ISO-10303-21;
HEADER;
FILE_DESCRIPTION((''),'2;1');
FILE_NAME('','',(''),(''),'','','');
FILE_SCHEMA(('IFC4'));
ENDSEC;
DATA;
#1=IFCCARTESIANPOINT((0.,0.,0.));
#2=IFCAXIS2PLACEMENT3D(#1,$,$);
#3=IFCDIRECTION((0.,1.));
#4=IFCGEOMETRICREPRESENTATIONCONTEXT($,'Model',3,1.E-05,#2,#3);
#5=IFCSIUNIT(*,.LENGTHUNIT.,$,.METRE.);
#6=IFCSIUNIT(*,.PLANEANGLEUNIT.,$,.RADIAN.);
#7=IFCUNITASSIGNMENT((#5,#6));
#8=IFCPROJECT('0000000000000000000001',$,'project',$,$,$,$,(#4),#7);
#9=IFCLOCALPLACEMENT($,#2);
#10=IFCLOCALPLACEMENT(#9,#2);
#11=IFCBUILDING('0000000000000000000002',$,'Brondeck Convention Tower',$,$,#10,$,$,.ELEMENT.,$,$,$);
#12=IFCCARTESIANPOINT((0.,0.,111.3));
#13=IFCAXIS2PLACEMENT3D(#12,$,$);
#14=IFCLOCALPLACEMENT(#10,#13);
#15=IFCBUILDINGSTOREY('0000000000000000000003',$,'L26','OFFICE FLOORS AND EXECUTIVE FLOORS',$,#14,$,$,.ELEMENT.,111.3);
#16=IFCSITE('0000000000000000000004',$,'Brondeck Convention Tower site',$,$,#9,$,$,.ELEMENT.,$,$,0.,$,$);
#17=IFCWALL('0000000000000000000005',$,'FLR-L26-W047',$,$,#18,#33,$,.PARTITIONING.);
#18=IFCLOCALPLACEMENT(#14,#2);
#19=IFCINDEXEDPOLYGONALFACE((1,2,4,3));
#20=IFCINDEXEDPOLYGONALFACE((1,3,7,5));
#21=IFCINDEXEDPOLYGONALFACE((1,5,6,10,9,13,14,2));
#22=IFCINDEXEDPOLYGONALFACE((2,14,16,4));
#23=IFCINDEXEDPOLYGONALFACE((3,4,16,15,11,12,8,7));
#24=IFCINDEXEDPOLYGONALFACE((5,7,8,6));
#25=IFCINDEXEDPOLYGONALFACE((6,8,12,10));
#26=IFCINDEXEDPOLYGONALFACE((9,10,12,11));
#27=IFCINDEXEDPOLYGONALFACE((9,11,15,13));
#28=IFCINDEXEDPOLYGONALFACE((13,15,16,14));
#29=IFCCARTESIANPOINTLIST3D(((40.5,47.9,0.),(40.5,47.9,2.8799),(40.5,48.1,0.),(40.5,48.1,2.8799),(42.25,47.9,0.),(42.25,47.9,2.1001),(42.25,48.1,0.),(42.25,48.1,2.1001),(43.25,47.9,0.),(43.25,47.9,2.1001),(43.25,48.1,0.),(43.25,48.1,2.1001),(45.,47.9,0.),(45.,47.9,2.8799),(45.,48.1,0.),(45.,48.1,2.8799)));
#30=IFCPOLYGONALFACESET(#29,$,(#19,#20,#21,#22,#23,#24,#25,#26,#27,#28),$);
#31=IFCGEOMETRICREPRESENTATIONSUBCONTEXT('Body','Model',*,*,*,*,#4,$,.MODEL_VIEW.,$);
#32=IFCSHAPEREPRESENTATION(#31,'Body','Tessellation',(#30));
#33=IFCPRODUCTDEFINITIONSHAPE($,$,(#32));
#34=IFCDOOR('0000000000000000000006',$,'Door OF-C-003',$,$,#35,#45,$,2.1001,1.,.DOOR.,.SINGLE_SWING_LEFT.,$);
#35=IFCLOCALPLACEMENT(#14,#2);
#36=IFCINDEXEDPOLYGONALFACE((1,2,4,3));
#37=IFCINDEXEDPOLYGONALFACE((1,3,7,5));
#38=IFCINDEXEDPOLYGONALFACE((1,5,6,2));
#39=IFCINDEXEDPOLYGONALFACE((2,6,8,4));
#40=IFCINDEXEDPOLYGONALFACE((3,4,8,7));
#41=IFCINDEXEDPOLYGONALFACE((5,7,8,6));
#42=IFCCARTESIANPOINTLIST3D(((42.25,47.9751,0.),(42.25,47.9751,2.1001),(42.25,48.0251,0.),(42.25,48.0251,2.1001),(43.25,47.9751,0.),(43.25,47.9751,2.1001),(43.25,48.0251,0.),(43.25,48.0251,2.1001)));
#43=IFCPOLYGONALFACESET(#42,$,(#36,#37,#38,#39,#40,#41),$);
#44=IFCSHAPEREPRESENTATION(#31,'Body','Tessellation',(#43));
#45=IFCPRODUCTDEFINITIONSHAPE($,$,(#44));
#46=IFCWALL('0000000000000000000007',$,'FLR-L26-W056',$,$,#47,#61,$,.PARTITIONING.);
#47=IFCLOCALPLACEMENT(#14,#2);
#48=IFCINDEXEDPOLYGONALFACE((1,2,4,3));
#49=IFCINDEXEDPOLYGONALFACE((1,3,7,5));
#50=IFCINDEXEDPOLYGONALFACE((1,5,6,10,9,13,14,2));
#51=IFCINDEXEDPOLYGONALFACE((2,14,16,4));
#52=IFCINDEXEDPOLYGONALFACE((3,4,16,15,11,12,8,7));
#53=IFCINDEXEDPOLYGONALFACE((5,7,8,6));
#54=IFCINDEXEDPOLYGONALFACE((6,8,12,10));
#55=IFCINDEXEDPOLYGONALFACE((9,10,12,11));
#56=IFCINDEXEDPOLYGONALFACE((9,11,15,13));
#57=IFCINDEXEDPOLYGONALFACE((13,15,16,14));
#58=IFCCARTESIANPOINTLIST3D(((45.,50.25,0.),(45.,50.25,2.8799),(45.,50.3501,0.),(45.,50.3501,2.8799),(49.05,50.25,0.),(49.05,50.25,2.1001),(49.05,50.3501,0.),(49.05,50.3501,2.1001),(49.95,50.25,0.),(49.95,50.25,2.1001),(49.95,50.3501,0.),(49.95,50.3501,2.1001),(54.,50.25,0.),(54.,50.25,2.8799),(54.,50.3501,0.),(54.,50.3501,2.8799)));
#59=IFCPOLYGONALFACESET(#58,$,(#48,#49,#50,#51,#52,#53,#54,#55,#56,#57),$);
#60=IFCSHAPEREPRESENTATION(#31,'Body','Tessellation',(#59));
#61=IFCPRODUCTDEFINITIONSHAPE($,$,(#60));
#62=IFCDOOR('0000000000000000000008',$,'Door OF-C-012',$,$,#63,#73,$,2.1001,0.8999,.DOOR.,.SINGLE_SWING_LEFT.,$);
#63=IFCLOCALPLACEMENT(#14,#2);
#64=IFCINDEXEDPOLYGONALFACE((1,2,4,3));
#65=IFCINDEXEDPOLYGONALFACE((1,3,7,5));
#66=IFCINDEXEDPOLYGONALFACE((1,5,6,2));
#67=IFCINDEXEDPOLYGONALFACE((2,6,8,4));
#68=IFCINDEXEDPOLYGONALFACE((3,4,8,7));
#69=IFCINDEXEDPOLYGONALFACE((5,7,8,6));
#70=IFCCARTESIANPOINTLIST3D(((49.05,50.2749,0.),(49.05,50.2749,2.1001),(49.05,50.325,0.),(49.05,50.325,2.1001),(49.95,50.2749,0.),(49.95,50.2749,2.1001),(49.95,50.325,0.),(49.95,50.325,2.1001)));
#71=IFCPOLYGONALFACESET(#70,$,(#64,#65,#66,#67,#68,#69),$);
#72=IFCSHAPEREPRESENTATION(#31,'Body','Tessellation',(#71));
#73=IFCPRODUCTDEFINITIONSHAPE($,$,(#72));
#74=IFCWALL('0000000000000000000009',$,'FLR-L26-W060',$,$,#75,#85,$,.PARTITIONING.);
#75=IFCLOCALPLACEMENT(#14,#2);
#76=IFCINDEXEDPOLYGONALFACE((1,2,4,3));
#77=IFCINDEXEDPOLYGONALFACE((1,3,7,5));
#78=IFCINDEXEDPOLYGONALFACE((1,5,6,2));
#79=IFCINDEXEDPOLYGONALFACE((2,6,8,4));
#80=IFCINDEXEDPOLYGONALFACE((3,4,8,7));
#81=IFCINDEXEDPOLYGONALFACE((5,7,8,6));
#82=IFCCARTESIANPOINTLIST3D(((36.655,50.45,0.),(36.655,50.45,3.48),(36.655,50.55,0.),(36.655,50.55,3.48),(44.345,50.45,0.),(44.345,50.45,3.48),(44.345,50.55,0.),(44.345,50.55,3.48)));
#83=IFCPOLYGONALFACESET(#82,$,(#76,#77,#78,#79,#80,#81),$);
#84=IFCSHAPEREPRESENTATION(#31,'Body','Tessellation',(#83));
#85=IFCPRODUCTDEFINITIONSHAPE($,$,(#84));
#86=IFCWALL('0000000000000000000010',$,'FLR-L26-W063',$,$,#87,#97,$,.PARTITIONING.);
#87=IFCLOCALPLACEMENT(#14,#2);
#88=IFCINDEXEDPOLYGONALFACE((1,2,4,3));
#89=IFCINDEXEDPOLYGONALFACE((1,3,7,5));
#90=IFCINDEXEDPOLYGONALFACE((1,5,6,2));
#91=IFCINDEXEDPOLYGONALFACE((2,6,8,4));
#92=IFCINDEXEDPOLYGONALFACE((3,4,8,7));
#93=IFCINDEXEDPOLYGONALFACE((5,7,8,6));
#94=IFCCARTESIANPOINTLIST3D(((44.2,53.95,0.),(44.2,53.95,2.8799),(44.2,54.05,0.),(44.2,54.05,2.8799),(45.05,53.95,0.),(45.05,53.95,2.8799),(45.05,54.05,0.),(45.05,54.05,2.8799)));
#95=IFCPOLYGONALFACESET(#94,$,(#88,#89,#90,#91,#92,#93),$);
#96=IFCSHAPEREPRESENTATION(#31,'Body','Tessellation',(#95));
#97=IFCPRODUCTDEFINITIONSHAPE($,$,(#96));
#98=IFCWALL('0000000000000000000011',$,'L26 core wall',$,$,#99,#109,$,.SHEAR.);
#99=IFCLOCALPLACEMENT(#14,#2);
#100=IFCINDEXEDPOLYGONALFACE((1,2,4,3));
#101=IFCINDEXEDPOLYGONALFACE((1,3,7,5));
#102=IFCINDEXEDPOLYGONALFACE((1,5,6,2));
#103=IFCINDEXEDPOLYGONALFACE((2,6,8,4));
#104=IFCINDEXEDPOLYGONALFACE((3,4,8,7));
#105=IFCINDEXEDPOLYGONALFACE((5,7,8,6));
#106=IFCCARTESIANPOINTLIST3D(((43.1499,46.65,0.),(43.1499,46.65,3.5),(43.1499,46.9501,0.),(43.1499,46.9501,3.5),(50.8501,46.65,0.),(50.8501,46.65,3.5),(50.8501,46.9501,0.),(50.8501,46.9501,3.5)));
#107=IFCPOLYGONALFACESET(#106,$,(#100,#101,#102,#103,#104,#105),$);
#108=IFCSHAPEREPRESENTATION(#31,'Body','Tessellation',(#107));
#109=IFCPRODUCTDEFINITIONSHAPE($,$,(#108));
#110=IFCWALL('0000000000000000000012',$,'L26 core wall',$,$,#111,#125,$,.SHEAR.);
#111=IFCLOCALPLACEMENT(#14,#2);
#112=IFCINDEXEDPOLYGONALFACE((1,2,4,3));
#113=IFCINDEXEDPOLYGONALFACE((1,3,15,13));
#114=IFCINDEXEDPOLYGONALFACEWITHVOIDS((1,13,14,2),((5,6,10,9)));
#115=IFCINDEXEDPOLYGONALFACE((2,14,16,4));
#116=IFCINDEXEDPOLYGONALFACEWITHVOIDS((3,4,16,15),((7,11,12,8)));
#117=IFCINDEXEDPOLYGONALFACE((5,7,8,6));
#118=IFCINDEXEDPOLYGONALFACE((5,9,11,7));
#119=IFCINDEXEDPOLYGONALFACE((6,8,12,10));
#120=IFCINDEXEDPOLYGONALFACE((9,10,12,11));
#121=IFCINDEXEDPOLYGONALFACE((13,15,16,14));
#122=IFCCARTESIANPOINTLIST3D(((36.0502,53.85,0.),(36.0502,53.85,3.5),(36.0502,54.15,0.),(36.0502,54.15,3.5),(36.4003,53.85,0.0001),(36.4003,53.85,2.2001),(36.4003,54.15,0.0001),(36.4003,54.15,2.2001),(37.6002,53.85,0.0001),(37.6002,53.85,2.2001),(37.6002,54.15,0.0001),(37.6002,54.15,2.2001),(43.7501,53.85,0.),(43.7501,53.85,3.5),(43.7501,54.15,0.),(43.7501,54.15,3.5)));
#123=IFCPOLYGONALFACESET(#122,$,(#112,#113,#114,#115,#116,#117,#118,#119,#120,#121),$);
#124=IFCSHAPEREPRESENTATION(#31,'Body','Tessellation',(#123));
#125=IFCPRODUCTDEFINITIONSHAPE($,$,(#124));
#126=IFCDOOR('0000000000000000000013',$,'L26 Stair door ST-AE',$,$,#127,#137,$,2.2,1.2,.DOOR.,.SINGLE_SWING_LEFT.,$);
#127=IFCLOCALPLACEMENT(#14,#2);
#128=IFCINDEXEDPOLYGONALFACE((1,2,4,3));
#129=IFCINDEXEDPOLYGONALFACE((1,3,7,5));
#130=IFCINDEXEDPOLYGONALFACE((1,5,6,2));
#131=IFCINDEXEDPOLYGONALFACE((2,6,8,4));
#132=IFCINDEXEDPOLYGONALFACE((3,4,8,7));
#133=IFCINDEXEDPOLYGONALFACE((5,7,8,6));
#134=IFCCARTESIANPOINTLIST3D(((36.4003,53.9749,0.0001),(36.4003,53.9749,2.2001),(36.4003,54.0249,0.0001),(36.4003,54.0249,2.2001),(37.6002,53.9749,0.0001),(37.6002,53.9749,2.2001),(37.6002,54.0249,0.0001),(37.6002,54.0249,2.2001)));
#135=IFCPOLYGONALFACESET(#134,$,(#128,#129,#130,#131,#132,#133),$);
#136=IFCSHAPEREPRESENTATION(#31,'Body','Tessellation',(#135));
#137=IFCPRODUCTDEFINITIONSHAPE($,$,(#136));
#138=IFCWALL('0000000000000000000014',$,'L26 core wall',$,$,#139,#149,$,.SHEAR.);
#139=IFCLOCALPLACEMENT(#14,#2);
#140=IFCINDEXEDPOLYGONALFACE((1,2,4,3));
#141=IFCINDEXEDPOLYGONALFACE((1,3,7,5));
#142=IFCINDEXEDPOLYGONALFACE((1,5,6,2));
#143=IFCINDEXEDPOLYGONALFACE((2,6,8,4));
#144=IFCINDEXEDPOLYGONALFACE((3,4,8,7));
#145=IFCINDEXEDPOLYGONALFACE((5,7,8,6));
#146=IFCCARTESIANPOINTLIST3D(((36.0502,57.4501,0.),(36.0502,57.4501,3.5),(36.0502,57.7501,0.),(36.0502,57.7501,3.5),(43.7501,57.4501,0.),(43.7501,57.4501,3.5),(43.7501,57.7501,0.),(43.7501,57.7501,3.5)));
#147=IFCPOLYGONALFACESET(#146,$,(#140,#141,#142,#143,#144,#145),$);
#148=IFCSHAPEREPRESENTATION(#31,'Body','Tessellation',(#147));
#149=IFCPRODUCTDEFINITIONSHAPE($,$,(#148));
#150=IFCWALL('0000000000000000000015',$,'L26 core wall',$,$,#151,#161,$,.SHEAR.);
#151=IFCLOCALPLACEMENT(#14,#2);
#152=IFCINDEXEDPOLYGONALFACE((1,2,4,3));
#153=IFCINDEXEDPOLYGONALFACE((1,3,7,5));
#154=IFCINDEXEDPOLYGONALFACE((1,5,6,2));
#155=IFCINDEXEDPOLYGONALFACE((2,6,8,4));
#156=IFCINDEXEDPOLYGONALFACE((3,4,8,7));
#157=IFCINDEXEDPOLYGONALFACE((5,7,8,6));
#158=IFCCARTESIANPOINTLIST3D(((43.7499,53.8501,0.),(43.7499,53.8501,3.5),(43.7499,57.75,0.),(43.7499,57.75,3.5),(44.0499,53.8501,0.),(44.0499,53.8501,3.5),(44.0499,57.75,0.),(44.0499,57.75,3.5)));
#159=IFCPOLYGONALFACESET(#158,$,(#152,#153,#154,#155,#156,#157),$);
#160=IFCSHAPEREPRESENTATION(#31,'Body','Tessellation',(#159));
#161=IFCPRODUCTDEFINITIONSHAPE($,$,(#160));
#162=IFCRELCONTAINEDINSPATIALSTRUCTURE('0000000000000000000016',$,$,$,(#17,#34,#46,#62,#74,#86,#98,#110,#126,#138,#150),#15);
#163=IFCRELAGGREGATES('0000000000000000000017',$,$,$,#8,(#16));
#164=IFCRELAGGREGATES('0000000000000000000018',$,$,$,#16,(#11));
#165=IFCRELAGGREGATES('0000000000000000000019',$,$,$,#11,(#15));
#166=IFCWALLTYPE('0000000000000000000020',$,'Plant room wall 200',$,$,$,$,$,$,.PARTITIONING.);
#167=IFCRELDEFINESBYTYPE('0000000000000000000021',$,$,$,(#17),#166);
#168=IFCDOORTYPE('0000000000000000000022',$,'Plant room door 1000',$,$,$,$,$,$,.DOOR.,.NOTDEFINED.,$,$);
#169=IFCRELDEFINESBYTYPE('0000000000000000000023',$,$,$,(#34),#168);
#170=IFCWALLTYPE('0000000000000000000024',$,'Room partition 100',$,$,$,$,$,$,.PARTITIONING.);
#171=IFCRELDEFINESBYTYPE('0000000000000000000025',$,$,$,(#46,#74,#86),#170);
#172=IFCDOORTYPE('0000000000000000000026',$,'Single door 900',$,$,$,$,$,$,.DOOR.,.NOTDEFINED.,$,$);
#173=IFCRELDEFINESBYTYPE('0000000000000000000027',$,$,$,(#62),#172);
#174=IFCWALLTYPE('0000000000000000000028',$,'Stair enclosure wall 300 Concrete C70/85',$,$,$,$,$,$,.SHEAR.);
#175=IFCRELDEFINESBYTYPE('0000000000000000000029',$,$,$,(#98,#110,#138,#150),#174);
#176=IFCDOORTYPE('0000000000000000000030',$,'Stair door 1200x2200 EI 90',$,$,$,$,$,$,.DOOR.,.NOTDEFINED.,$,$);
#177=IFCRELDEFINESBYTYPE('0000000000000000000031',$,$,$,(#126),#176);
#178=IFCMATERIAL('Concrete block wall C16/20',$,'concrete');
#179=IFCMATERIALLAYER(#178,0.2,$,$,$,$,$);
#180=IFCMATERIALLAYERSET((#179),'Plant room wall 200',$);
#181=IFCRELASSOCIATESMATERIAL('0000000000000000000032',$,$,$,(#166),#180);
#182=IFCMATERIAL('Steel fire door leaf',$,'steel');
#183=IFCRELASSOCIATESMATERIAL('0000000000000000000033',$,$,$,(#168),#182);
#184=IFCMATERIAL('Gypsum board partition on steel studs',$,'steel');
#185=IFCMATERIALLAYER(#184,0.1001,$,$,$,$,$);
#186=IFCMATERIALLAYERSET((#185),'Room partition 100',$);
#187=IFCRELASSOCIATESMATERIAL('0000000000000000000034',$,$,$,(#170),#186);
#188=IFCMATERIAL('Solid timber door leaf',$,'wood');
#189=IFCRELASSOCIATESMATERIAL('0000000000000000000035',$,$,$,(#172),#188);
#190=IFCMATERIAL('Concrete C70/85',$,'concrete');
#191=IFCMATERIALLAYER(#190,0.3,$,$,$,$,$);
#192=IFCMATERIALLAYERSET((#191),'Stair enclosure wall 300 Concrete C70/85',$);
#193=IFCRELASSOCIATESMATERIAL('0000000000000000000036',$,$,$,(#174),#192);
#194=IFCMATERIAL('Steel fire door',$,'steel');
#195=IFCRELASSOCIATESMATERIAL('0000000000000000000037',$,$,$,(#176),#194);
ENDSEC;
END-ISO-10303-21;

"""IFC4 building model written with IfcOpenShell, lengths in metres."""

from ifc_helpers import new_model, si_unit, direction, frame, frame_2d, origin, place, context, subcontext, project, spatial, rectangle, extrude, material, layer, layer_set, type_object, element, fill, save


model = new_model("IFC4")

# Units and contexts
model_context = context("Model", 3, precision=1e-05, world=origin(), true_north=direction((0.0, 1.0)))
body_context = subcontext(model_context, "Body", "Model", "MODEL_VIEW")
ifc_project = project(units=[si_unit("LENGTHUNIT", "METRE"), si_unit("PLANEANGLEUNIT", "RADIAN")], contexts=[model_context])

# Site, building, storey
site_placement = place(None, origin())
site = spatial("IfcSite", under=ifc_project, at=site_placement, Name="Brondeck Convention Tower site", CompositionType="ELEMENT", RefElevation=0.0)
building_placement = place(site_placement, origin())
building = spatial("IfcBuilding", under=site, at=building_placement, Name="Brondeck Convention Tower", CompositionType="ELEMENT")
storey_placement = place(building_placement, frame((0.0, 0.0, 111.3)))
storey = spatial("IfcBuildingStorey", under=building, at=storey_placement, Name="L26", Description="OFFICE FLOORS AND EXECUTIVE FLOORS", CompositionType="ELEMENT", Elevation=111.3)

# Shared definitions
ifc_material_1 = material(Name="Concrete C70/85", Category="concrete")

# Shared definitions
ifc_material_2 = material(Name="Concrete block wall C16/20", Category="concrete")
ifc_layer_1 = layer(ifc_material_2, 0.2)
ifc_layer_set_1 = layer_set([ifc_layer_1], Name="Plant room wall 200")
wall_type_1 = type_object("IfcWallType", Name="Plant room wall 200", PredefinedType="PARTITIONING", material=ifc_layer_set_1)

# Walls, openings, doors
wall_1_placement = place(storey_placement, frame((45.0, 48.0, 0.0), z_axis=(0.0, 0.0, 1.0), x_axis=(-1.0, 0.0, 0.0)))
wall_1 = element("IfcWall", 1, at=wall_1_placement, inside=storey, type_object=wall_type_1, Name="FLR-L26-W047", PredefinedType="PARTITIONING", context=body_context, shape_type="SweptSolid", body=[
    extrude(rectangle(XDim=4.5, YDim=0.2, at=frame_2d((2.25, 0.0))), origin(), (0.0, 0.0, 1.0), 2.8799),
])
opening_1_placement = place(wall_1_placement, frame((1.75, 0.0, 0.0)))
opening_1 = element("IfcOpeningElement", 2, at=opening_1_placement, cuts=wall_1, PredefinedType="OPENING", context=body_context, shape_type="SweptSolid", body=[
    extrude(rectangle(XDim=1.0, YDim=2.1001, at=frame_2d((0.5, 1.05))), frame((0.0, 0.1099, 0.0), z_axis=(0.0, -1.0, 0.0), x_axis=(1.0, 0.0, 0.0)), (0.0, 0.0, 1.0), 0.22),
])
ifc_material_3 = material(Name="Steel fire door leaf", Category="steel")
door_type_1 = type_object("IfcDoorType", Name="Plant room door 1000", OperationType="NOTDEFINED", PredefinedType="DOOR", material=ifc_material_3)
door_1_placement = place(opening_1_placement, origin())
door_1 = element("IfcDoor", 3, at=door_1_placement, inside=storey, type_object=door_type_1, Name="Door OF-C-003", OperationType="SINGLE_SWING_LEFT", OverallHeight=2.1001, OverallWidth=1.0, PredefinedType="DOOR", context=body_context, shape_type="SweptSolid", body=[
    extrude(rectangle(XDim=1.0, YDim=2.1001, at=frame_2d((0.5, 1.05))), frame((0.0, 0.0249, 0.0), z_axis=(0.0, -1.0, 0.0), x_axis=(1.0, 0.0, 0.0)), (0.0, 0.0, 1.0), 0.05),
])
fill(opening_1, door_1)
ifc_material_4 = material(Name="Gypsum board partition on steel studs", Category="steel")
ifc_layer_2 = layer(ifc_material_4, 0.1001)
ifc_layer_set_2 = layer_set([ifc_layer_2], Name="Room partition 100")
wall_type_2 = type_object("IfcWallType", Name="Room partition 100", PredefinedType="PARTITIONING", material=ifc_layer_set_2)
wall_2_placement = place(storey_placement, frame((45.0, 50.3, 0.0), z_axis=(0.0, 0.0, 1.0), x_axis=(1.0, 0.0, 0.0)))
wall_2 = element("IfcWall", 4, at=wall_2_placement, inside=storey, type_object=wall_type_2, Name="FLR-L26-W056", PredefinedType="PARTITIONING", context=body_context, shape_type="SweptSolid", body=[
    extrude(rectangle(XDim=9.0, YDim=0.1001, at=frame_2d((4.5, 0.0))), origin(), (0.0, 0.0, 1.0), 2.8799),
])
opening_2_placement = place(wall_2_placement, frame((4.05, 0.0, 0.0)))
opening_2 = element("IfcOpeningElement", 5, at=opening_2_placement, cuts=wall_2, PredefinedType="OPENING", context=body_context, shape_type="SweptSolid", body=[
    extrude(rectangle(XDim=0.8999, YDim=2.1001, at=frame_2d((0.45, 1.05))), frame((0.0, 0.0601, 0.0), z_axis=(0.0, -1.0, 0.0), x_axis=(1.0, 0.0, 0.0)), (0.0, 0.0, 1.0), 0.1201),
])
ifc_material_5 = material(Name="Solid timber door leaf", Category="wood")
door_type_2 = type_object("IfcDoorType", Name="Single door 900", OperationType="NOTDEFINED", PredefinedType="DOOR", material=ifc_material_5)
door_2_placement = place(opening_2_placement, origin())
door_2 = element("IfcDoor", 6, at=door_2_placement, inside=storey, type_object=door_type_2, Name="Door OF-C-012", OperationType="SINGLE_SWING_LEFT", OverallHeight=2.1001, OverallWidth=0.8999, PredefinedType="DOOR", context=body_context, shape_type="SweptSolid", body=[
    extrude(rectangle(XDim=0.8999, YDim=2.1001, at=frame_2d((0.45, 1.05))), frame((0.0, 0.0249, 0.0), z_axis=(0.0, -1.0, 0.0), x_axis=(1.0, 0.0, 0.0)), (0.0, 0.0, 1.0), 0.05),
])
fill(opening_2, door_2)

# Walls
wall_3_placement = place(storey_placement, frame((44.345, 50.5, 0.0), z_axis=(0.0, 0.0, 1.0), x_axis=(-1.0, 0.0, 0.0)))
element("IfcWall", 7, at=wall_3_placement, inside=storey, type_object=wall_type_2, Name="FLR-L26-W060", PredefinedType="PARTITIONING", context=body_context, shape_type="SweptSolid", body=[
    extrude(rectangle(XDim=7.6899, YDim=0.1001, at=frame_2d((3.845, 0.0))), origin(), (0.0, 0.0, 1.0), 3.48),
])
wall_4_placement = place(storey_placement, frame((44.2, 54.0, 0.0), z_axis=(0.0, 0.0, 1.0), x_axis=(1.0, 0.0, 0.0)))
element("IfcWall", 8, at=wall_4_placement, inside=storey, type_object=wall_type_2, Name="FLR-L26-W063", PredefinedType="PARTITIONING", context=body_context, shape_type="SweptSolid", body=[
    extrude(rectangle(XDim=0.8501, YDim=0.1001, at=frame_2d((0.425, 0.0))), origin(), (0.0, 0.0, 1.0), 2.8799),
])
ifc_layer_3 = layer(ifc_material_1, 0.3)
ifc_layer_set_3 = layer_set([ifc_layer_3], Name="Stair enclosure wall 300 Concrete C70/85")
wall_type_3 = type_object("IfcWallType", Name="Stair enclosure wall 300 Concrete C70/85", PredefinedType="SHEAR", material=ifc_layer_set_3)
wall_5_placement = place(storey_placement, frame((43.1499, 46.8, 0.0), z_axis=(0.0, 0.0, 1.0), x_axis=(1.0, 0.0, 0.0)))
element("IfcWall", 9, at=wall_5_placement, inside=storey, type_object=wall_type_3, Name="L26 core wall", PredefinedType="SHEAR", context=body_context, shape_type="SweptSolid", body=[
    extrude(rectangle(XDim=7.7002, YDim=0.3, at=frame_2d((3.8501, 0.0))), origin(), (0.0, 0.0, 1.0), 3.5),
])

# Wall, opening, door
wall_6_placement = place(storey_placement, frame((36.05, 54.0, 0.0), z_axis=(0.0, 0.0, 1.0), x_axis=(1.0, 0.0, 0.0)))
wall_6 = element("IfcWall", 10, at=wall_6_placement, inside=storey, type_object=wall_type_3, Name="L26 core wall", PredefinedType="SHEAR", context=body_context, shape_type="SweptSolid", body=[
    extrude(rectangle(XDim=7.7, YDim=0.3, at=frame_2d((3.8501, 0.0))), origin(), (0.0, 0.0, 1.0), 3.5),
])
opening_3_placement = place(wall_6_placement, frame((0.3501, 0.0, 0.0)))
opening_3 = element("IfcOpeningElement", 11, at=opening_3_placement, cuts=wall_6, PredefinedType="OPENING", context=body_context, shape_type="SweptSolid", body=[
    extrude(rectangle(XDim=1.2, YDim=2.2, at=frame_2d((0.6001, 1.1001))), frame((0.0, 0.1599, 0.0), z_axis=(0.0, -1.0, 0.0), x_axis=(1.0, 0.0, 0.0)), (0.0, 0.0, 1.0), 0.3201),
])
ifc_material_6 = material(Name="Steel fire door", Category="steel")
door_type_3 = type_object("IfcDoorType", Name="Stair door 1200x2200 EI 90", OperationType="NOTDEFINED", PredefinedType="DOOR", material=ifc_material_6)
door_3_placement = place(opening_3_placement, origin())
door_3 = element("IfcDoor", 12, at=door_3_placement, inside=storey, type_object=door_type_3, Name="L26 Stair door ST-AE", OperationType="SINGLE_SWING_LEFT", OverallHeight=2.2, OverallWidth=1.2, PredefinedType="DOOR", context=body_context, shape_type="SweptSolid", body=[
    extrude(rectangle(XDim=1.2, YDim=2.2, at=frame_2d((0.6001, 1.1001))), frame((0.0, 0.0249, 0.0), z_axis=(0.0, -1.0, 0.0), x_axis=(1.0, 0.0, 0.0)), (0.0, 0.0, 1.0), 0.05),
])
fill(opening_3, door_3)

# Walls
wall_7_placement = place(storey_placement, frame((36.05, 57.6001, 0.0), z_axis=(0.0, 0.0, 1.0), x_axis=(1.0, 0.0, 0.0)))
element("IfcWall", 13, at=wall_7_placement, inside=storey, type_object=wall_type_3, Name="L26 core wall", PredefinedType="SHEAR", context=body_context, shape_type="SweptSolid", body=[
    extrude(rectangle(XDim=7.7, YDim=0.3, at=frame_2d((3.8501, 0.0))), origin(), (0.0, 0.0, 1.0), 3.5),
])
wall_8_placement = place(storey_placement, frame((43.8999, 53.8501, 0.0), z_axis=(0.0, 0.0, 1.0), x_axis=(0.0, 1.0, 0.0)))
element("IfcWall", 14, at=wall_8_placement, inside=storey, type_object=wall_type_3, Name="L26 core wall", PredefinedType="SHEAR", context=body_context, shape_type="SweptSolid", body=[
    extrude(rectangle(XDim=3.8999, YDim=0.3, at=frame_2d((1.95, 0.0))), origin(), (0.0, 0.0, 1.0), 3.5),
])

save(model, "model.ifc")
